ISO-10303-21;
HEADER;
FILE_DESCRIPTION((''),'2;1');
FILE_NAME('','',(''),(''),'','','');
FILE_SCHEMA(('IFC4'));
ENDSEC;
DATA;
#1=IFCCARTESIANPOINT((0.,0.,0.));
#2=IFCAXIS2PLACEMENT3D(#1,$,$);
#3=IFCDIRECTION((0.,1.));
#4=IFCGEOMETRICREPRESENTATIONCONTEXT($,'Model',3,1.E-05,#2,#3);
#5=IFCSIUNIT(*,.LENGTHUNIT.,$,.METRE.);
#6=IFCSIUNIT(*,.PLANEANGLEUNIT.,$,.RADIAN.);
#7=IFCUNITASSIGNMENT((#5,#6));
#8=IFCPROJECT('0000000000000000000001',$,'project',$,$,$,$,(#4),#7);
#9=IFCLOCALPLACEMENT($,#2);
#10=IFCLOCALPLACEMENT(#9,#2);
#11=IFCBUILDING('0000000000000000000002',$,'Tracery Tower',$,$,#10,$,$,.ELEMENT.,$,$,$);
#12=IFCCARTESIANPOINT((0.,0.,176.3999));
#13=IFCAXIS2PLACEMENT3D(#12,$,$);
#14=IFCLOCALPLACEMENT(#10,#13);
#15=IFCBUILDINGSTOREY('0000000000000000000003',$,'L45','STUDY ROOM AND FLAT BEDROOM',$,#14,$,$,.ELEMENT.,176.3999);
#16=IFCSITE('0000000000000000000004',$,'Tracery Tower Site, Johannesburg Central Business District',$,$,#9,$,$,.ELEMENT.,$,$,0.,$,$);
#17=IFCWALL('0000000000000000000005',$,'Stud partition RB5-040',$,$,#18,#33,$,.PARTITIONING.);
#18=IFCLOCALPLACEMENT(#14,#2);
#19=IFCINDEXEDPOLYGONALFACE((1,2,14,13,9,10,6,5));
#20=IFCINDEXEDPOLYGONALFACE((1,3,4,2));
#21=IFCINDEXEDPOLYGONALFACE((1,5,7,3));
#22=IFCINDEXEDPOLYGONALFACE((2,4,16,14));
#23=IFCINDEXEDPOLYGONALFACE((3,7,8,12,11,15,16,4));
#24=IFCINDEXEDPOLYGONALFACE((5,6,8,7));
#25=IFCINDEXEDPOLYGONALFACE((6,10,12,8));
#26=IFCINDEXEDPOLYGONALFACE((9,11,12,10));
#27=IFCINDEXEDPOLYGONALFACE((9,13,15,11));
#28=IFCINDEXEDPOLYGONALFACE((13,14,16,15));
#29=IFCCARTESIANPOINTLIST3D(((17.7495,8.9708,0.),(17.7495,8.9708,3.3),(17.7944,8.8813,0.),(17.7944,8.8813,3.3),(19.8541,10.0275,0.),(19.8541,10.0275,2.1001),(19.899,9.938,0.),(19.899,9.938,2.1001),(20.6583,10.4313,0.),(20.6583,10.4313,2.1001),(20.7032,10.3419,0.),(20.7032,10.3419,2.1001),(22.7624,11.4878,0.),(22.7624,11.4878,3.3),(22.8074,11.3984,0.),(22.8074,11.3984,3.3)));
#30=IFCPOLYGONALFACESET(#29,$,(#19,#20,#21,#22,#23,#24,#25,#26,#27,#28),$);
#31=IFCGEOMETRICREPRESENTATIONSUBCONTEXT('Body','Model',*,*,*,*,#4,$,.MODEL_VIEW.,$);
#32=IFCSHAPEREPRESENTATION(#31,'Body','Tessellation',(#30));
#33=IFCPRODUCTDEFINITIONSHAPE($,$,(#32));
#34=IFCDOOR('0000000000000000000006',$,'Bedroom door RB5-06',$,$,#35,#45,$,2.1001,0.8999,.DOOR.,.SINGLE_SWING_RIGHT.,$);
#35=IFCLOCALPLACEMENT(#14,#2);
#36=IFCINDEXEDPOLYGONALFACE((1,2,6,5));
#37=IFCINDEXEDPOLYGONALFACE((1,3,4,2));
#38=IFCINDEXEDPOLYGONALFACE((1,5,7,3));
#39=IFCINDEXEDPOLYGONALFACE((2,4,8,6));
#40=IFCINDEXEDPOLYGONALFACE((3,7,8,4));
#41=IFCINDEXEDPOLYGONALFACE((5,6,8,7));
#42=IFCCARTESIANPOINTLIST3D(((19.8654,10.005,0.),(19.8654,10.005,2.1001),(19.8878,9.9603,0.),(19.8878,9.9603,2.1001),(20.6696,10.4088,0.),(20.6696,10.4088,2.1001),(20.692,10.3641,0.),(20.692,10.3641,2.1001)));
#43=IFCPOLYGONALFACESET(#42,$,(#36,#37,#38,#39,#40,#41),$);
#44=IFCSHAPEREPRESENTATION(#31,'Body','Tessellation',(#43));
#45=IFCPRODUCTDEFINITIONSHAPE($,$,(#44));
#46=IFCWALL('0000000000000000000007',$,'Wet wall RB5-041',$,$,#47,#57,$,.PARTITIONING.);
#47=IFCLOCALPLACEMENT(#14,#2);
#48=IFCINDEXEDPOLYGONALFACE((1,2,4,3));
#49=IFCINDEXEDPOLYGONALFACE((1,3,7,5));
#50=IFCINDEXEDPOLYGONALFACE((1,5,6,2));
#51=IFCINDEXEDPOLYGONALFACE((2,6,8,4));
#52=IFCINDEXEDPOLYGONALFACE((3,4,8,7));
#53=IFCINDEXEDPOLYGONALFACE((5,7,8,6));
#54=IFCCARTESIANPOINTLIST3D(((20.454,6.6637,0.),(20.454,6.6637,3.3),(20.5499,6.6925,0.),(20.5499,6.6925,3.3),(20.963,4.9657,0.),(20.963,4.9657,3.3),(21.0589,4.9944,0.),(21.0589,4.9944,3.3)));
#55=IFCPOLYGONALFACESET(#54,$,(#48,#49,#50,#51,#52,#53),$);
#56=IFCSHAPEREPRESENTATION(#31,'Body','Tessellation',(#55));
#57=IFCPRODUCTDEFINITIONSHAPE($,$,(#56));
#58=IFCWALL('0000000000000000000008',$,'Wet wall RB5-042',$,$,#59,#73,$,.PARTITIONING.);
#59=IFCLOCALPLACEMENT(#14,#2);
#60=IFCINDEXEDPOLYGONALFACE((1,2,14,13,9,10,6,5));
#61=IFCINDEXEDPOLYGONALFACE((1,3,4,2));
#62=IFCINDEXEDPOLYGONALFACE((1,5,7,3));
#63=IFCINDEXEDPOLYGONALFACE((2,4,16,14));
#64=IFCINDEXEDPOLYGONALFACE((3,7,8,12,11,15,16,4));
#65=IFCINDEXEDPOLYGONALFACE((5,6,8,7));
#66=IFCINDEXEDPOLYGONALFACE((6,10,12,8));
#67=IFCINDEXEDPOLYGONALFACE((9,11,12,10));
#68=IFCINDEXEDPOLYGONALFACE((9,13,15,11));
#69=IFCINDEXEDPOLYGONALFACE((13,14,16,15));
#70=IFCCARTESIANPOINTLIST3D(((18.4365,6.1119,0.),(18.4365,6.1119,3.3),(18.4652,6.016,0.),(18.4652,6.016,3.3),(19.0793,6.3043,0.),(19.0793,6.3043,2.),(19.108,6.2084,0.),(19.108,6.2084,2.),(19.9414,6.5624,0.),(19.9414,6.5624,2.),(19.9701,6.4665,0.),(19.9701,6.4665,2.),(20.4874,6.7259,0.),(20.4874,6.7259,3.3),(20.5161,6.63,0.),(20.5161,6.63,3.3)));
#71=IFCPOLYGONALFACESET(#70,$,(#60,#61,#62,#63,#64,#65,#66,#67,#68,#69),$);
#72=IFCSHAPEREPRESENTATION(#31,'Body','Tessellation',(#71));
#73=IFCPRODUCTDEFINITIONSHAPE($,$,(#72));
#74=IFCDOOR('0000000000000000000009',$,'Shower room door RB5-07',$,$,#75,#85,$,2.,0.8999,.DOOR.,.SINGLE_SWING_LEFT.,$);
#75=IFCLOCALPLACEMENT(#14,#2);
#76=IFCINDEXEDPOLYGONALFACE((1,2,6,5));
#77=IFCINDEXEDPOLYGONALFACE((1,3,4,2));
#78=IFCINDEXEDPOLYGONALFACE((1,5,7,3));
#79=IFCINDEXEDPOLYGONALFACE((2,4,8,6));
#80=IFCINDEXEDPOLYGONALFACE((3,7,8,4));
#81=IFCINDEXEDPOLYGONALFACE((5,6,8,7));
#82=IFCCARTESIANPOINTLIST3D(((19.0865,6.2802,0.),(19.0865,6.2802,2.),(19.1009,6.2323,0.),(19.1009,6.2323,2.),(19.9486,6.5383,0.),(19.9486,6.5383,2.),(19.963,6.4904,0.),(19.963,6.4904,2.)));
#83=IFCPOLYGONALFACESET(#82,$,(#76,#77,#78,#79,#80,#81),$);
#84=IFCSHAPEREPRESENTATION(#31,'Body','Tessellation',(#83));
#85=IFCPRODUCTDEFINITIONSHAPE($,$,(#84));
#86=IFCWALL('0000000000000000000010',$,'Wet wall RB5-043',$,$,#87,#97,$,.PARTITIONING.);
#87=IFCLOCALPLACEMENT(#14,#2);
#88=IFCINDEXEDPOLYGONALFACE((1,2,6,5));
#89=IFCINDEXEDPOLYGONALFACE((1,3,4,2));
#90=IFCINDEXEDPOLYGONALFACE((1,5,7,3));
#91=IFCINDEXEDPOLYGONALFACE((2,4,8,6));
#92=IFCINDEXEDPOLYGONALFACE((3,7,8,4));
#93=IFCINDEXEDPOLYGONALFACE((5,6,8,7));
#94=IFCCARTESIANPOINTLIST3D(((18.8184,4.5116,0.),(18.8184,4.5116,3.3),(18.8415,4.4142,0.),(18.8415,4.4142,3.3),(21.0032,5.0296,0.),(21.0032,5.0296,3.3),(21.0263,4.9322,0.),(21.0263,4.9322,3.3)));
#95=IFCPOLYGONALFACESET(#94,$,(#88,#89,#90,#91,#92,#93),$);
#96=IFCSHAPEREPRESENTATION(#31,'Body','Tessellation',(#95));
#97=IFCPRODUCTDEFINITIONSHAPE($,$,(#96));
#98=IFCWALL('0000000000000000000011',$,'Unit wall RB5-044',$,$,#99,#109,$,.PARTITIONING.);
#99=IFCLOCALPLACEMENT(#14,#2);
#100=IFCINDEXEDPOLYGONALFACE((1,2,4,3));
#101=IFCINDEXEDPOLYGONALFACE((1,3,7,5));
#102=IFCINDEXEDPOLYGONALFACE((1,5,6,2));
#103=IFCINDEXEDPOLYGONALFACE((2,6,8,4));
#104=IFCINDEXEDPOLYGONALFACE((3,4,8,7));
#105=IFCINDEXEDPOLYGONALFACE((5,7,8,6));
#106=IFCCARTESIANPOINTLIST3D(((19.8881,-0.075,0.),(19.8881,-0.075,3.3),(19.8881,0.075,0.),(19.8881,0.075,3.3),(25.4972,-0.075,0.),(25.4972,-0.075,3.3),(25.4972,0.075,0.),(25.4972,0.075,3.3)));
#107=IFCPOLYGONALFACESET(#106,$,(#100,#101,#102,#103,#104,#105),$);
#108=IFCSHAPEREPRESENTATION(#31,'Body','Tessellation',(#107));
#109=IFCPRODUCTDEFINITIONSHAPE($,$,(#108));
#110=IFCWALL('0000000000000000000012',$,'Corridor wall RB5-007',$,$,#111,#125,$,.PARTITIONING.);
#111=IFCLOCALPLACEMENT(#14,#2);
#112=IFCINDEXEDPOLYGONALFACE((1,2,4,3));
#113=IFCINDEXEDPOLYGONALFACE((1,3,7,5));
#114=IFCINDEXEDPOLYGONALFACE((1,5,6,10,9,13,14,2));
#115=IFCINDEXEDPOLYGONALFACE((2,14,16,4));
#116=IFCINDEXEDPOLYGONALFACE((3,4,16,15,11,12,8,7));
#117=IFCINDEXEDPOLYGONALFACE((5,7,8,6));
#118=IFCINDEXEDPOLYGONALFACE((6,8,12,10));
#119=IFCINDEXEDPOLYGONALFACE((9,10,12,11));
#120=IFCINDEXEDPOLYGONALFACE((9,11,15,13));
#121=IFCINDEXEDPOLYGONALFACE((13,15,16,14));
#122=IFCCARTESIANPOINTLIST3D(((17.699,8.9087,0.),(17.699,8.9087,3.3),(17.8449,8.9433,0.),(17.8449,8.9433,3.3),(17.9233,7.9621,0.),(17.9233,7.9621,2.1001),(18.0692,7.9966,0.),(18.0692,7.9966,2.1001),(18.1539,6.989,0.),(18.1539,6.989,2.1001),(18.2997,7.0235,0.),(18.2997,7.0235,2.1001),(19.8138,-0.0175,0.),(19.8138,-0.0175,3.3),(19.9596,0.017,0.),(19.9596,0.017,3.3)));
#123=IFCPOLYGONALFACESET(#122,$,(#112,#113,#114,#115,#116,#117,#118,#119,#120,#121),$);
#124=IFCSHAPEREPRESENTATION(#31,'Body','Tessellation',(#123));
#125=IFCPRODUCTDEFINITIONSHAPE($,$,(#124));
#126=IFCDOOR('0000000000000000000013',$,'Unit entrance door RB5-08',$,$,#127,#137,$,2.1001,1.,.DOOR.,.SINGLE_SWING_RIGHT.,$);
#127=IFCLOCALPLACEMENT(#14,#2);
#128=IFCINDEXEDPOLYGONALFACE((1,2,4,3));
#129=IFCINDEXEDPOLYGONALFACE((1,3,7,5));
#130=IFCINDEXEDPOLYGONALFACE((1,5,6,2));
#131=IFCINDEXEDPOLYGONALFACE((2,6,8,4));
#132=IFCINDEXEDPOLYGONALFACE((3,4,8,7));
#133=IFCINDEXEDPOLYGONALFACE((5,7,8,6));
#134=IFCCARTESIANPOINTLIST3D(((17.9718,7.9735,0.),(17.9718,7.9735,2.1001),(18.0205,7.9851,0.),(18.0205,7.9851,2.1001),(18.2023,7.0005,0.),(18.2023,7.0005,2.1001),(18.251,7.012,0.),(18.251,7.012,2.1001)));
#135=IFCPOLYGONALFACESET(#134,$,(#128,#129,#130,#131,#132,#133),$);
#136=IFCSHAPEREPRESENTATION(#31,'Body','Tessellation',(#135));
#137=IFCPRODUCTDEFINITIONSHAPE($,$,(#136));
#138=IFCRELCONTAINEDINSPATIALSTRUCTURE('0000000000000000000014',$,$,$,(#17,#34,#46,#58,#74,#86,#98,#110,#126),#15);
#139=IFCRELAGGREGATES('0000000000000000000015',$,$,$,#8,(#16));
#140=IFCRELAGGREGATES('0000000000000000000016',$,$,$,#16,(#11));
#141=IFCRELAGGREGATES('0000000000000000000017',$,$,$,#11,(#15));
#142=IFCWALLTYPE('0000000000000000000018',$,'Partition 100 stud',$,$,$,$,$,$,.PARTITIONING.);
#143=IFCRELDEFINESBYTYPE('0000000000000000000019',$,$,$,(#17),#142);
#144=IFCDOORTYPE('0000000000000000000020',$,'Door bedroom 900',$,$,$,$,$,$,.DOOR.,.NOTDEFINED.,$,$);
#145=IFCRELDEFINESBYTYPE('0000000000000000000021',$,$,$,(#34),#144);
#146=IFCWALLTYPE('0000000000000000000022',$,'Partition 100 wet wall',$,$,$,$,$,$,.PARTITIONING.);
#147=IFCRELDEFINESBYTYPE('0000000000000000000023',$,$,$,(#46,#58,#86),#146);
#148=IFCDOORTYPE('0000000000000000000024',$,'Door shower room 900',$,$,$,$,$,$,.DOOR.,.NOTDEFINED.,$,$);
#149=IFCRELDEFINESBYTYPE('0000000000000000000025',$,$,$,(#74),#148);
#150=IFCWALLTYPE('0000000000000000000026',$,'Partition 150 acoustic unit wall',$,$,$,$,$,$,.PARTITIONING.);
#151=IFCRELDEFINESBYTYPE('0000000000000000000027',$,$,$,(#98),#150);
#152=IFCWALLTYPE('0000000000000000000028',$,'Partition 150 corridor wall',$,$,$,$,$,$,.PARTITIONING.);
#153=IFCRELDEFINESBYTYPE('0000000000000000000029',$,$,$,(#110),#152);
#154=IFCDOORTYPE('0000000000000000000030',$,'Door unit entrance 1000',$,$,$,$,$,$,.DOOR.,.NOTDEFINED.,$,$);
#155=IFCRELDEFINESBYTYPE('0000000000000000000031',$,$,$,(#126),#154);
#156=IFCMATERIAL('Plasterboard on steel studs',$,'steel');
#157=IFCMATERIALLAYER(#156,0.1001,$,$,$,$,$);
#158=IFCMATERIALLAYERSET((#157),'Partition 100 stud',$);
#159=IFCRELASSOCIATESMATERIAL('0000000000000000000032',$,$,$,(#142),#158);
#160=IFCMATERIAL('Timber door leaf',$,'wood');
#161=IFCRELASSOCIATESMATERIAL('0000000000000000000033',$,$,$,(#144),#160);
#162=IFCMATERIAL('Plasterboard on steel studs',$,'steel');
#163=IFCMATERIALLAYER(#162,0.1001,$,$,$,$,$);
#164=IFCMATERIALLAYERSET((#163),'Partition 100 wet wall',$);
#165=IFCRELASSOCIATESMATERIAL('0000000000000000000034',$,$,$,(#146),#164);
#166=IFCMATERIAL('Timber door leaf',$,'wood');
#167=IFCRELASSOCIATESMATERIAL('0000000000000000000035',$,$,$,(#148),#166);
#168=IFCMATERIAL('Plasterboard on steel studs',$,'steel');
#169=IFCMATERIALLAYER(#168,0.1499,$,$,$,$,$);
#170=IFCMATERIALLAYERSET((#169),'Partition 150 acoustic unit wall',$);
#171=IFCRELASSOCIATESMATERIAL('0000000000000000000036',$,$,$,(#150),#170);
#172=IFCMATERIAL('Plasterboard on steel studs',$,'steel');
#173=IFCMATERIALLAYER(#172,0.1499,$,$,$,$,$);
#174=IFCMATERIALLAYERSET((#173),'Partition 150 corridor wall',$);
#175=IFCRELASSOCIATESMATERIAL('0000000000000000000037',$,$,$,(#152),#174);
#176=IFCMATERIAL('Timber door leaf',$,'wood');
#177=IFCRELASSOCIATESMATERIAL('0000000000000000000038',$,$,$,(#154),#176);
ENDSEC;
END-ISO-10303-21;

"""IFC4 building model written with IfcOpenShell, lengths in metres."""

from ifc_helpers import new_model, si_unit, direction, frame, frame_2d, origin, place, context, subcontext, project, spatial, rectangle, extrude, material, layer, layer_set, type_object, element, fill, save


model = new_model("IFC4")

# Units and contexts
model_context = context("Model", 3, precision=1e-05, world=origin(), true_north=direction((0.0, 1.0)))
body_context = subcontext(model_context, "Body", "Model", "MODEL_VIEW")
ifc_project = project(units=[si_unit("LENGTHUNIT", "METRE"), si_unit("PLANEANGLEUNIT", "RADIAN")], contexts=[model_context])

# Site, building, storey
site_placement = place(None, origin())
site = spatial("IfcSite", under=ifc_project, at=site_placement, Name="Tracery Tower Site, Johannesburg Central Business District", CompositionType="ELEMENT", RefElevation=0.0)
building_placement = place(site_placement, origin())
building = spatial("IfcBuilding", under=site, at=building_placement, Name="Tracery Tower", CompositionType="ELEMENT")
storey_placement = place(building_placement, frame((0.0, 0.0, 176.3999)))
storey = spatial("IfcBuildingStorey", under=building, at=storey_placement, Name="L45", Description="STUDY ROOM AND FLAT BEDROOM", CompositionType="ELEMENT", Elevation=176.3999)

# Wall, opening, door
ifc_material_1 = material(Name="Plasterboard on steel studs", Category="steel")
ifc_layer_1 = layer(ifc_material_1, 0.1001)
ifc_layer_set_1 = layer_set([ifc_layer_1], Name="Partition 100 stud")
wall_type_1 = type_object("IfcWallType", Name="Partition 100 stud", PredefinedType="PARTITIONING", material=ifc_layer_set_1)
ifc_material_2 = material(Name="Timber door leaf", Category="wood")
door_type_1 = type_object("IfcDoorType", Name="Door bedroom 900", OperationType="NOTDEFINED", PredefinedType="DOOR", material=ifc_material_2)
wall_1_placement = place(storey_placement, frame((17.772, 8.926, 0.0), z_axis=(0.0, 0.0, 1.0), x_axis=(0.893669, 0.448728, 0.0)))
wall_1 = element("IfcWall", 1, at=wall_1_placement, inside=storey, type_object=wall_type_1, Name="Stud partition RB5-040", PredefinedType="PARTITIONING", context=body_context, shape_type="SweptSolid", body=[
    extrude(rectangle(XDim=5.6094, YDim=0.1001, at=frame_2d((2.8047, 0.0))), origin(), (0.0, 0.0, 1.0), 3.3),
])
opening_1_placement = place(wall_1_placement, frame((2.355, 0.0, 0.0)))
opening_1 = element("IfcOpeningElement", 2, at=opening_1_placement, cuts=wall_1, PredefinedType="OPENING", context=body_context, shape_type="SweptSolid", body=[
    extrude(rectangle(XDim=0.8999, YDim=2.1001, at=frame_2d((0.45, 1.05))), frame((0.0, 0.05, 0.0), z_axis=(0.0, -1.0, 0.0), x_axis=(1.0, 0.0, 0.0)), (0.0, 0.0, 1.0), 0.1001),
])
door_1_placement = place(opening_1_placement, origin())
door_1 = element("IfcDoor", 3, at=door_1_placement, inside=storey, type_object=door_type_1, Name="Bedroom door RB5-06", OperationType="SINGLE_SWING_RIGHT", OverallHeight=2.1001, OverallWidth=0.8999, PredefinedType="DOOR", context=body_context, shape_type="SweptSolid", body=[
    extrude(rectangle(XDim=0.8999, YDim=2.1001, at=frame_2d((0.45, 1.05))), frame((0.0, 0.0249, 0.0), z_axis=(0.0, -1.0, 0.0), x_axis=(1.0, 0.0, 0.0)), (0.0, 0.0, 1.0), 0.05),
])
fill(opening_1, door_1)

# Wall
ifc_material_3 = material(Name="Plasterboard on steel studs", Category="steel")
ifc_layer_2 = layer(ifc_material_3, 0.1001)
ifc_layer_set_2 = layer_set([ifc_layer_2], Name="Partition 100 wet wall")
wall_type_2 = type_object("IfcWallType", Name="Partition 100 wet wall", PredefinedType="PARTITIONING", material=ifc_layer_set_2)
wall_2_placement = place(storey_placement, frame((20.502, 6.678, 0.0), z_axis=(0.0, 0.0, 1.0), x_axis=(0.287158, -0.957883, 0.0)))
element("IfcWall", 4, at=wall_2_placement, inside=storey, type_object=wall_type_2, Name="Wet wall RB5-041", PredefinedType="PARTITIONING", context=body_context, shape_type="SweptSolid", body=[
    extrude(rectangle(XDim=1.7727, YDim=0.1001, at=frame_2d((0.8862, 0.0))), origin(), (0.0, 0.0, 1.0), 3.3),
])

# Wall, opening, door
wall_3_placement = place(storey_placement, frame((18.4509, 6.064, 0.0), z_axis=(0.0, 0.0, 1.0), x_axis=(0.957992, 0.286793, 0.0)))
wall_3 = element("IfcWall", 5, at=wall_3_placement, inside=storey, type_object=wall_type_2, Name="Wet wall RB5-042", PredefinedType="PARTITIONING", context=body_context, shape_type="SweptSolid", body=[
    extrude(rectangle(XDim=2.1409, YDim=0.1001, at=frame_2d((1.0703, 0.0))), origin(), (0.0, 0.0, 1.0), 3.3),
])
opening_2_placement = place(wall_3_placement, frame((0.6709, 0.0, 0.0)))
opening_2 = element("IfcOpeningElement", 6, at=opening_2_placement, cuts=wall_3, PredefinedType="OPENING", context=body_context, shape_type="SweptSolid", body=[
    extrude(rectangle(XDim=0.8999, YDim=2.0, at=frame_2d((0.45, 1.0))), frame((0.0, 0.05, 0.0), z_axis=(0.0, -1.0, 0.0), x_axis=(1.0, 0.0, 0.0)), (0.0, 0.0, 1.0), 0.1001),
])
ifc_material_4 = material(Name="Timber door leaf", Category="wood")
door_type_2 = type_object("IfcDoorType", Name="Door shower room 900", OperationType="NOTDEFINED", PredefinedType="DOOR", material=ifc_material_4)
door_2_placement = place(opening_2_placement, origin())
door_2 = element("IfcDoor", 7, at=door_2_placement, inside=storey, type_object=door_type_2, Name="Shower room door RB5-07", OperationType="SINGLE_SWING_LEFT", OverallHeight=2.0, OverallWidth=0.8999, PredefinedType="DOOR", context=body_context, shape_type="SweptSolid", body=[
    extrude(rectangle(XDim=0.8999, YDim=2.0, at=frame_2d((0.45, 1.0))), frame((0.0, 0.0249, 0.0), z_axis=(0.0, -1.0, 0.0), x_axis=(1.0, 0.0, 0.0)), (0.0, 0.0, 1.0), 0.05),
])
fill(opening_2, door_2)

# Walls
wall_4_placement = place(storey_placement, frame((18.8301, 4.4629, 0.0), z_axis=(0.0, 0.0, 1.0), x_axis=(0.973019, 0.230724, 0.0)))
element("IfcWall", 8, at=wall_4_placement, inside=storey, type_object=wall_type_2, Name="Wet wall RB5-043", PredefinedType="PARTITIONING", context=body_context, shape_type="SweptSolid", body=[
    extrude(rectangle(XDim=2.2454, YDim=0.1001, at=frame_2d((1.1226, 0.0))), origin(), (0.0, 0.0, 1.0), 3.3),
])
ifc_material_5 = material(Name="Plasterboard on steel studs", Category="steel")
ifc_layer_3 = layer(ifc_material_5, 0.1499)
ifc_layer_set_3 = layer_set([ifc_layer_3], Name="Partition 150 acoustic unit wall")
wall_type_3 = type_object("IfcWallType", Name="Partition 150 acoustic unit wall", PredefinedType="PARTITIONING", material=ifc_layer_set_3)
wall_5_placement = place(storey_placement, frame((19.8879, 0.0, 0.0), z_axis=(0.0, 0.0, 1.0), x_axis=(1.0, 0.0, 0.0)))
element("IfcWall", 9, at=wall_5_placement, inside=storey, type_object=wall_type_3, Name="Unit wall RB5-044", PredefinedType="PARTITIONING", context=body_context, shape_type="SweptSolid", body=[
    extrude(rectangle(XDim=5.6091, YDim=0.1499, at=frame_2d((2.8047, 0.0))), origin(), (0.0, 0.0, 1.0), 3.3),
])

# Wall, opening, door
ifc_material_6 = material(Name="Plasterboard on steel studs", Category="steel")
ifc_layer_4 = layer(ifc_material_6, 0.1499)
ifc_layer_set_4 = layer_set([ifc_layer_4], Name="Partition 150 corridor wall")
wall_type_4 = type_object("IfcWallType", Name="Partition 150 corridor wall", PredefinedType="PARTITIONING", material=ifc_layer_set_4)
wall_6_placement = place(storey_placement, frame((17.772, 8.926, 0.0), z_axis=(0.0, 0.0, 1.0), x_axis=(0.230531, -0.973065, 0.0)))
wall_6 = element("IfcWall", 10, at=wall_6_placement, inside=storey, type_object=wall_type_4, Name="Corridor wall RB5-007", PredefinedType="PARTITIONING", context=body_context, shape_type="SweptSolid", body=[
    extrude(rectangle(XDim=9.1733, YDim=0.1499, at=frame_2d((4.5867, 0.0))), origin(), (0.0, 0.0, 1.0), 3.3),
])
opening_3_placement = place(wall_6_placement, frame((0.9729, 0.0, 0.0)))
opening_3 = element("IfcOpeningElement", 11, at=opening_3_placement, cuts=wall_6, PredefinedType="OPENING", context=body_context, shape_type="SweptSolid", body=[
    extrude(rectangle(XDim=1.0, YDim=2.1001, at=frame_2d((0.5, 1.05))), frame((0.0, 0.075, 0.0), z_axis=(0.0, -1.0, 0.0), x_axis=(1.0, 0.0, 0.0)), (0.0, 0.0, 1.0), 0.1499),
])
ifc_material_7 = material(Name="Timber door leaf", Category="wood")
door_type_3 = type_object("IfcDoorType", Name="Door unit entrance 1000", OperationType="NOTDEFINED", PredefinedType="DOOR", material=ifc_material_7)
door_3_placement = place(opening_3_placement, origin())
door_3 = element("IfcDoor", 12, at=door_3_placement, inside=storey, type_object=door_type_3, Name="Unit entrance door RB5-08", OperationType="SINGLE_SWING_RIGHT", OverallHeight=2.1001, OverallWidth=1.0, PredefinedType="DOOR", context=body_context, shape_type="SweptSolid", body=[
    extrude(rectangle(XDim=1.0, YDim=2.1001, at=frame_2d((0.5, 1.05))), frame((0.0, 0.0249, 0.0), z_axis=(0.0, -1.0, 0.0), x_axis=(1.0, 0.0, 0.0)), (0.0, 0.0, 1.0), 0.05),
])
fill(opening_3, door_3)

save(model, "model.ifc")
